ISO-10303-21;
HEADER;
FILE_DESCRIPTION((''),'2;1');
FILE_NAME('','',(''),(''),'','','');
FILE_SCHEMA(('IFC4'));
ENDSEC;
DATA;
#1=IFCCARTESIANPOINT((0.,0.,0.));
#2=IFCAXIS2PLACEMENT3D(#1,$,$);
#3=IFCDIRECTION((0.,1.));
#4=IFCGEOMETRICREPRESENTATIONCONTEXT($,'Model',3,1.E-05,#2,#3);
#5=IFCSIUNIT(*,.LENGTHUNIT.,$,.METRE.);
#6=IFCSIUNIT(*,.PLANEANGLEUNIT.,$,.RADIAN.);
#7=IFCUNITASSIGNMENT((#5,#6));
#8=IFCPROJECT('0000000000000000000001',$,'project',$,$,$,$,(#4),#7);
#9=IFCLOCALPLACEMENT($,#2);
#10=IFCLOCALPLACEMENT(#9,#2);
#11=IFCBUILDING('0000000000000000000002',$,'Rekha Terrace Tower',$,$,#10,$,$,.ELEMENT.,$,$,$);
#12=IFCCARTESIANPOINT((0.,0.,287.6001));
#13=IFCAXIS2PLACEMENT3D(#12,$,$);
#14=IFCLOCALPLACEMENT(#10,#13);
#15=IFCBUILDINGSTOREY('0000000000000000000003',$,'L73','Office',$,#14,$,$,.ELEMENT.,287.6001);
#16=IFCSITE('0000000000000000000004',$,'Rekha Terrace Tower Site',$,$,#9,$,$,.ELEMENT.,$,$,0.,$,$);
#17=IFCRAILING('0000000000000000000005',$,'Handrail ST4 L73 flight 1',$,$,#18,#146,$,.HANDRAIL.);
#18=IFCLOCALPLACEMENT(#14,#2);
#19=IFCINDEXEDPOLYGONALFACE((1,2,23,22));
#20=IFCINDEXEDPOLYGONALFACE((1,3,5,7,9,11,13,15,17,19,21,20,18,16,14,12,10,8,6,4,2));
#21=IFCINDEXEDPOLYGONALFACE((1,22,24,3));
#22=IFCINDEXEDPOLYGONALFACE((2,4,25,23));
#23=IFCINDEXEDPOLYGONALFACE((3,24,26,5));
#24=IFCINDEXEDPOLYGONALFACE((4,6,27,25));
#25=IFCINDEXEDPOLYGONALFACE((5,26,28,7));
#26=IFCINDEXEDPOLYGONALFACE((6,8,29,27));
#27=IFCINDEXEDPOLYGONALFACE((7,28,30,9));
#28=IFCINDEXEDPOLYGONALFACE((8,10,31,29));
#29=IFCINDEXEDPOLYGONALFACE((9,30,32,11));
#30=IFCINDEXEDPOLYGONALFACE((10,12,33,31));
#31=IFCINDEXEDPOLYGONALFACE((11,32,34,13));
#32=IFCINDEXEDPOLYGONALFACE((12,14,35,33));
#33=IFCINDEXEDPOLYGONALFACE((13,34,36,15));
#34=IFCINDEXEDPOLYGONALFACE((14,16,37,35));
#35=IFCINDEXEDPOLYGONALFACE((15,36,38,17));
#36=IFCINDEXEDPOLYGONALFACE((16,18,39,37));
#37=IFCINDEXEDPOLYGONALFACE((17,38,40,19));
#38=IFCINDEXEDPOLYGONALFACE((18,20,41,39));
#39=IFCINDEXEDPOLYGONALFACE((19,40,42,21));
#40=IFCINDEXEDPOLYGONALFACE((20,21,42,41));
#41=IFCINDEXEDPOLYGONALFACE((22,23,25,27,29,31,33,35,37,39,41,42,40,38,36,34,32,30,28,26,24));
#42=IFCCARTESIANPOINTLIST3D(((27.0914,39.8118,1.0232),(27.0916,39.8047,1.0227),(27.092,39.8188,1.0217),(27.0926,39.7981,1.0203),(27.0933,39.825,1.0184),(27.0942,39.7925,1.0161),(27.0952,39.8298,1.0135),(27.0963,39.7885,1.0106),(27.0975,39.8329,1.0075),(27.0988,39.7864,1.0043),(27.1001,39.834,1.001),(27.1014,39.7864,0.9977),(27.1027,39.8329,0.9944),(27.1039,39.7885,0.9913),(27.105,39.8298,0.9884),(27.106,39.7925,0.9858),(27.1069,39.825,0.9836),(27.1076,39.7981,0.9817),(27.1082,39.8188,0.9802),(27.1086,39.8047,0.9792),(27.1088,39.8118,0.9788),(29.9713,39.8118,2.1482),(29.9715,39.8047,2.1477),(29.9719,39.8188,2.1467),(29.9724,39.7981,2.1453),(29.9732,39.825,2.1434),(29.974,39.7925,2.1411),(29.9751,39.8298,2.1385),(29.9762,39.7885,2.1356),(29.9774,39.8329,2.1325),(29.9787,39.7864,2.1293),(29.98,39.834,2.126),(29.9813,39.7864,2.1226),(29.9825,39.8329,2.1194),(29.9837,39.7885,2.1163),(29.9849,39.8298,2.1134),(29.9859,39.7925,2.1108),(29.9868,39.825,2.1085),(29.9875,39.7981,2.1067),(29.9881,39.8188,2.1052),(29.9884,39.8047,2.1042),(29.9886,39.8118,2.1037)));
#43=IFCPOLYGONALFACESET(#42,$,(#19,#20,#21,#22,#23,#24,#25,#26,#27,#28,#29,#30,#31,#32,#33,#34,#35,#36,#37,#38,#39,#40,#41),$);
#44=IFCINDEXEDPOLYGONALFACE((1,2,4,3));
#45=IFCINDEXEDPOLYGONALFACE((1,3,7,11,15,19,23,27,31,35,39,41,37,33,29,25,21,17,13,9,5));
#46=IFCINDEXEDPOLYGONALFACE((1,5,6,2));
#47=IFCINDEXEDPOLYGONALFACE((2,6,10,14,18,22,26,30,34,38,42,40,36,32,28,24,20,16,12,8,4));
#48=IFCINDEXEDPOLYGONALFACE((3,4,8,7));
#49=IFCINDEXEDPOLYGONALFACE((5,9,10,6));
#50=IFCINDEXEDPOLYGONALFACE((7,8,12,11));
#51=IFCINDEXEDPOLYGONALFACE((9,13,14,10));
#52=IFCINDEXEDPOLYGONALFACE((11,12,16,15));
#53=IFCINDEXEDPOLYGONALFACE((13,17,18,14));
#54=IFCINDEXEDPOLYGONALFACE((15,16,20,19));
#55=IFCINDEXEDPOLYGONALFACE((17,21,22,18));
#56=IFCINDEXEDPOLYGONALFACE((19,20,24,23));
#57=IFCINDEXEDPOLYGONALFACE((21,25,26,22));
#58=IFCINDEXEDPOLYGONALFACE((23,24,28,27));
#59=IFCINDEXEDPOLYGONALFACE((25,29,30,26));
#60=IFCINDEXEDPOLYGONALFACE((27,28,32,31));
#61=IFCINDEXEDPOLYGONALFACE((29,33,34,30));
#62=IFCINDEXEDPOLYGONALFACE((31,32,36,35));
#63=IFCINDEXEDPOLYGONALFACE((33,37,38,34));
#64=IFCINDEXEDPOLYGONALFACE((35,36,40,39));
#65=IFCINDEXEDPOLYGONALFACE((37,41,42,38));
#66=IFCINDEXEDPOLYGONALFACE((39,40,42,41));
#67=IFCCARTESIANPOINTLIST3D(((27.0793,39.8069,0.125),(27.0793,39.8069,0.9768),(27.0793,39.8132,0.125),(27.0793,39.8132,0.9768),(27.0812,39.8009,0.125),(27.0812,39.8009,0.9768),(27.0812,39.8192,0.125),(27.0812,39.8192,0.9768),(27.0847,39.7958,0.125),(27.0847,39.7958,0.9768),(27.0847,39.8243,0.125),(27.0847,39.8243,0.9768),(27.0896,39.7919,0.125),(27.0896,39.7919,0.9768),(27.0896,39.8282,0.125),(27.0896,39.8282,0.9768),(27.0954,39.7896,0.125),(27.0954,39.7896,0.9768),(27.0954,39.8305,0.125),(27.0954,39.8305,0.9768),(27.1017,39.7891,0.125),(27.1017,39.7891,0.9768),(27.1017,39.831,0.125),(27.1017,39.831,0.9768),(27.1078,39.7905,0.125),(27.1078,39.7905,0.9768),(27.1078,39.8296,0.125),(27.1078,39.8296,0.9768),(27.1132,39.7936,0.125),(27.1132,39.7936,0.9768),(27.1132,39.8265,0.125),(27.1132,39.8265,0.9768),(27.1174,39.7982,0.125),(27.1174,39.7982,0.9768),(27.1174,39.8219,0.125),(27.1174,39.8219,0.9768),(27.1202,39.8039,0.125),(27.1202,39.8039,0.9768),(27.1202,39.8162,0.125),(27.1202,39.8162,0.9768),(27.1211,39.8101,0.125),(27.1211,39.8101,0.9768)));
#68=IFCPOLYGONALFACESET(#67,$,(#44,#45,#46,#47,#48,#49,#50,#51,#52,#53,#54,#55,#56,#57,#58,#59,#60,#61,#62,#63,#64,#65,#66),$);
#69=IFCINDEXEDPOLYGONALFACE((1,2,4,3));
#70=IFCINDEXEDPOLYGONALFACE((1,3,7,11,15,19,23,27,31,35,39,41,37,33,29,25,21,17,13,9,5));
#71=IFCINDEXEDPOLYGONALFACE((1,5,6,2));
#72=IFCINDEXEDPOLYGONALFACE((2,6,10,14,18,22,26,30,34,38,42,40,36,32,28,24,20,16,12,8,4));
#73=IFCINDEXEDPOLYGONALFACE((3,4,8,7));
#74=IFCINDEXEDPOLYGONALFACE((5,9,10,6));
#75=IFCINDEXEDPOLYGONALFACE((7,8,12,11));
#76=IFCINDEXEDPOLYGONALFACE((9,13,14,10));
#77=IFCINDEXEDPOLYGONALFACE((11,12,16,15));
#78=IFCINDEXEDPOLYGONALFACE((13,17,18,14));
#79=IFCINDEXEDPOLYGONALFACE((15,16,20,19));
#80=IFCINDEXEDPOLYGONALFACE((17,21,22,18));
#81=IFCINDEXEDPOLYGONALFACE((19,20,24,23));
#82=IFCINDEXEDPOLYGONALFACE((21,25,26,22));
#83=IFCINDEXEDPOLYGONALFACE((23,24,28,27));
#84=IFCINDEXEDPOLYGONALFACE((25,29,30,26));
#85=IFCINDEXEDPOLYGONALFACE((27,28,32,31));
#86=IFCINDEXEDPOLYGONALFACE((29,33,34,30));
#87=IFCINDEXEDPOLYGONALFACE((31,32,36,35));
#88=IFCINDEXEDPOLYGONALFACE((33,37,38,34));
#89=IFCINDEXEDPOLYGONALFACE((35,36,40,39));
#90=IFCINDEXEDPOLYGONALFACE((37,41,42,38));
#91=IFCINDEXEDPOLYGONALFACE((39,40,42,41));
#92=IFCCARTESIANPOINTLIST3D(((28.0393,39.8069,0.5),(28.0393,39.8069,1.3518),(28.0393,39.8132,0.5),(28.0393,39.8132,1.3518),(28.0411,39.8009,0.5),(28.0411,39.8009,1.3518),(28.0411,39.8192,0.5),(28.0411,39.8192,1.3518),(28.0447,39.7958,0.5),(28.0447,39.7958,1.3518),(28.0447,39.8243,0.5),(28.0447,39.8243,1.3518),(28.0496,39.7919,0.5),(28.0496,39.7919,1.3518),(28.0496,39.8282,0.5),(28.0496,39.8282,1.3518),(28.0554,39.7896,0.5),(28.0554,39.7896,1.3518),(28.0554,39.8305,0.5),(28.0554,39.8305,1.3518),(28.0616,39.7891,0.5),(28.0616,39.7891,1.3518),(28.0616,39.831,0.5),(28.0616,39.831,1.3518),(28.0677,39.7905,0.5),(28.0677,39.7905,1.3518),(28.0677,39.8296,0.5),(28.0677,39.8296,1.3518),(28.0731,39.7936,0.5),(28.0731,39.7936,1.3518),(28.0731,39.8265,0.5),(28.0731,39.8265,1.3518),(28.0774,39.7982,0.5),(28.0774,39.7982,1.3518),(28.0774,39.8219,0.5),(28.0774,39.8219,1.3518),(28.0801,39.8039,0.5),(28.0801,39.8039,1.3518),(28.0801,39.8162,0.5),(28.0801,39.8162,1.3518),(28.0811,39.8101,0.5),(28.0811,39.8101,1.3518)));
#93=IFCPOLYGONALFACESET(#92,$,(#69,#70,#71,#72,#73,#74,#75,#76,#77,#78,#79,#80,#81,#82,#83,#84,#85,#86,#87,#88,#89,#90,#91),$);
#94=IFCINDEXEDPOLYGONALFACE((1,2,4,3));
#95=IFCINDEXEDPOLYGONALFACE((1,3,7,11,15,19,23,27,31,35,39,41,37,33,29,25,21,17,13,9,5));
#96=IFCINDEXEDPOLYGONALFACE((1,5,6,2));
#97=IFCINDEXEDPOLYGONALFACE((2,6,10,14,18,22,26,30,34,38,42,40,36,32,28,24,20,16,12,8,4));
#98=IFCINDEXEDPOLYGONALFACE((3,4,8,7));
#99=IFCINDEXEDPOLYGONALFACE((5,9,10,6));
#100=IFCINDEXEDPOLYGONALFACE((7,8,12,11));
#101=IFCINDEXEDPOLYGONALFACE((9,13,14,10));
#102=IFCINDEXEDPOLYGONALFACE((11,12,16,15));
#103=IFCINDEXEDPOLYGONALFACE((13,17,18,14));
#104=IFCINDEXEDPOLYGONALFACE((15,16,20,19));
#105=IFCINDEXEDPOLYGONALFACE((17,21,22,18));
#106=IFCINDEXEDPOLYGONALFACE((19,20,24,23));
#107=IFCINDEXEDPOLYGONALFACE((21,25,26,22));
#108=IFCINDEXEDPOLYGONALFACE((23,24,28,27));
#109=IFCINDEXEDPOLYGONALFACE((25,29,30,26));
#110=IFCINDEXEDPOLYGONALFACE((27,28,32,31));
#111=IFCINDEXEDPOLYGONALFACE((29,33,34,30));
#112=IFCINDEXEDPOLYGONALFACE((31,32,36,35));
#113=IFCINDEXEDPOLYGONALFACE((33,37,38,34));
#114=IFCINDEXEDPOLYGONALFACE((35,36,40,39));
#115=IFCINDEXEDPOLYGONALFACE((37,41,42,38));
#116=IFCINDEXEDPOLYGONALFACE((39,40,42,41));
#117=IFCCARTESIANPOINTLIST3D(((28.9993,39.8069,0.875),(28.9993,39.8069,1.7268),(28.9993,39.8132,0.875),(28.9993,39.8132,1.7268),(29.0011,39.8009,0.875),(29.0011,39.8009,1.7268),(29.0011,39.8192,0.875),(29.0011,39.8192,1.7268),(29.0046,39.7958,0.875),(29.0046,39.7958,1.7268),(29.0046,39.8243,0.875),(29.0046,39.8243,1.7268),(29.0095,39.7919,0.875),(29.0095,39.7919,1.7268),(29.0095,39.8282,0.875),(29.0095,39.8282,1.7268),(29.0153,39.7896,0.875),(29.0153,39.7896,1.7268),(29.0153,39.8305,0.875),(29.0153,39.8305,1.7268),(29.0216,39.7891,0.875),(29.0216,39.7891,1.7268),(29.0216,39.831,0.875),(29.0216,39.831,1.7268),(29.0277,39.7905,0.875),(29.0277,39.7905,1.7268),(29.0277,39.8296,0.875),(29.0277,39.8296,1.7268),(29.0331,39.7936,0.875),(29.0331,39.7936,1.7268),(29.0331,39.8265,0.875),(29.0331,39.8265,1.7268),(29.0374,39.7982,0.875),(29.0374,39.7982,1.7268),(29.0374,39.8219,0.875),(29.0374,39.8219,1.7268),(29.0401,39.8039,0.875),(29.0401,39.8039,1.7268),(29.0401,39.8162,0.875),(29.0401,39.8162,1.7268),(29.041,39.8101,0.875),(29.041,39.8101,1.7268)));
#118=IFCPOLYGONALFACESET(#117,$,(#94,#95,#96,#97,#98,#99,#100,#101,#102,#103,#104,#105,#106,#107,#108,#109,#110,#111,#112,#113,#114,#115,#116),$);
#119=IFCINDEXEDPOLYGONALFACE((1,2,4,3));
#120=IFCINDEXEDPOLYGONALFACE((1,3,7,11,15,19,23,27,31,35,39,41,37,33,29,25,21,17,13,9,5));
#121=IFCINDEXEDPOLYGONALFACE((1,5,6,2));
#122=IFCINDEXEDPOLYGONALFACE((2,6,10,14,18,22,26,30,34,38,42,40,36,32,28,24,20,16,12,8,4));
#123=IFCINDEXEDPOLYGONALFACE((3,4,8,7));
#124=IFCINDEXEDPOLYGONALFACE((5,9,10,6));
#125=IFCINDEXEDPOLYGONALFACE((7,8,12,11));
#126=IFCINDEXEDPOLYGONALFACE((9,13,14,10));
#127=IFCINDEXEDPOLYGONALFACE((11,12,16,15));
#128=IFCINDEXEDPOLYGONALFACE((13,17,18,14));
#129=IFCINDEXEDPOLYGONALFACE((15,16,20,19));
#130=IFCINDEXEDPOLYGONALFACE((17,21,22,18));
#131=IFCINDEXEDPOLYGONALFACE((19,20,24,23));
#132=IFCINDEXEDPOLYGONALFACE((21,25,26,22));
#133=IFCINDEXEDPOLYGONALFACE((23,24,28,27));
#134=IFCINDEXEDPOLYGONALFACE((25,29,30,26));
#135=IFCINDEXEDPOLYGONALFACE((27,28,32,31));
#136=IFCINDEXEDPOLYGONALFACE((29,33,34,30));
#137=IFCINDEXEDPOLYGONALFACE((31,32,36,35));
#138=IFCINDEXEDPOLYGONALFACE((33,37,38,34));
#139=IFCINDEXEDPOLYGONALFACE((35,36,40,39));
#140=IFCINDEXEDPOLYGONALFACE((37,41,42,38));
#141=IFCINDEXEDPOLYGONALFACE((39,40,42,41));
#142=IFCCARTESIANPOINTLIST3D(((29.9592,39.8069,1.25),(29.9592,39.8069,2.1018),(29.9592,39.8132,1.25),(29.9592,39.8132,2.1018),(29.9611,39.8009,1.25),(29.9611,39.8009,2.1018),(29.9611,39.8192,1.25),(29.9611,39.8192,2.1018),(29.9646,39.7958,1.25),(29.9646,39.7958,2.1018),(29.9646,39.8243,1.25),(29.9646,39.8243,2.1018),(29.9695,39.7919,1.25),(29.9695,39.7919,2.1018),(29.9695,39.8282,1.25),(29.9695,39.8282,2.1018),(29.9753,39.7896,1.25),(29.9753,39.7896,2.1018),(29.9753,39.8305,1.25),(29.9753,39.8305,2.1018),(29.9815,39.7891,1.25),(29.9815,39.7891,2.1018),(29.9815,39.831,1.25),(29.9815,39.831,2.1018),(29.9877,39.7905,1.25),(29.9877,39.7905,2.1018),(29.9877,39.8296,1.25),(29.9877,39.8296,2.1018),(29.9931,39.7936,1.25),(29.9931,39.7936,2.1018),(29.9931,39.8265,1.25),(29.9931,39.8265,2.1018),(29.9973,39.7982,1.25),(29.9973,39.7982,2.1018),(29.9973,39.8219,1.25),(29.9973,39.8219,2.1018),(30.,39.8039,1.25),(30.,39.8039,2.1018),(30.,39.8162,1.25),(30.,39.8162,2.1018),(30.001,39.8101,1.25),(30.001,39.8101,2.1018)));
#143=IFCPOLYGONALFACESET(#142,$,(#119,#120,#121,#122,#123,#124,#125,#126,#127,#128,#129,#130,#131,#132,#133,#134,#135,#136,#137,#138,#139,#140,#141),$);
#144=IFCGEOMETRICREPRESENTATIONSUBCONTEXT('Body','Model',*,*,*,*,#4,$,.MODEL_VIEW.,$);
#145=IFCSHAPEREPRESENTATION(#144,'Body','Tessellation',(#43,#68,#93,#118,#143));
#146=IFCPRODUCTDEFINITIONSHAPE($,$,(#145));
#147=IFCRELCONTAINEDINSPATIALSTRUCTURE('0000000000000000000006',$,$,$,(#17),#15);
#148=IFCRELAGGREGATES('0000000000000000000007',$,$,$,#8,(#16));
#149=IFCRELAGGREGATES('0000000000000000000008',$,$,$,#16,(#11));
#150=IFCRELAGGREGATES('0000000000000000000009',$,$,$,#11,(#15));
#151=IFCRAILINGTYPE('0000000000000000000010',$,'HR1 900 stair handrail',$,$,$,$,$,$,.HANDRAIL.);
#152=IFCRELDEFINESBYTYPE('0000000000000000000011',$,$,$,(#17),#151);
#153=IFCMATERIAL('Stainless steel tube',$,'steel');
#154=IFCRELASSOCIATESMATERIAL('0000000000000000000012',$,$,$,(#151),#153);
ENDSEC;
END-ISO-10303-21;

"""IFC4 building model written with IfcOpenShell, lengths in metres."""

from ifc_helpers import new_model, si_unit, direction, frame, origin, origin_2d, place, context, subcontext, project, spatial, circle, extrude, material, type_object, element, save


model = new_model("IFC4")

# Units and contexts
model_context = context("Model", 3, precision=1e-05, world=origin(), true_north=direction((0.0, 1.0)))
body_context = subcontext(model_context, "Body", "Model", "MODEL_VIEW")
ifc_project = project(units=[si_unit("LENGTHUNIT", "METRE"), si_unit("PLANEANGLEUNIT", "RADIAN")], contexts=[model_context])

# Site, building, storey
site_placement = place(None, origin())
site = spatial("IfcSite", under=ifc_project, at=site_placement, Name="Rekha Terrace Tower Site", CompositionType="ELEMENT", RefElevation=0.0)
building_placement = place(site_placement, origin())
building = spatial("IfcBuilding", under=site, at=building_placement, Name="Rekha Terrace Tower", CompositionType="ELEMENT")
storey_placement = place(building_placement, frame((0.0, 0.0, 287.6001)))
storey = spatial("IfcBuildingStorey", under=building, at=storey_placement, Name="L73", Description="Office", CompositionType="ELEMENT", Elevation=287.6001)

# Railing
ifc_material_1 = material(Name="Stainless steel tube", Category="steel")
railing_type_1 = type_object("IfcRailingType", Name="HR1 900 stair handrail", PredefinedType="HANDRAIL", material=ifc_material_1)
railing_1_placement = place(storey_placement, frame((27.1001, 39.8101, 0.125)))
element("IfcRailing", 1, at=railing_1_placement, inside=storey, type_object=railing_type_1, Name="Handrail ST4 L73 flight 1", PredefinedType="HANDRAIL", context=body_context, shape_type="SweptSolid", body=[
    extrude(circle(Radius=0.0239, at=origin_2d()), frame((0.0, 0.0, 0.876), z_axis=(0.931452, 0.0, 0.363863), x_axis=(0.0, 1.0, 0.0)), (0.0, 0.0, 1.0), 3.0918),
    extrude(circle(Radius=0.021, at=origin_2d()), origin(), (0.0, 0.0, 1.0), 0.8518),
    extrude(circle(Radius=0.021, at=origin_2d()), frame((0.96, 0.0, 0.375)), (0.0, 0.0, 1.0), 0.8518),
    extrude(circle(Radius=0.021, at=origin_2d()), frame((1.9199, 0.0, 0.75)), (0.0, 0.0, 1.0), 0.8518),
    extrude(circle(Radius=0.021, at=origin_2d()), frame((2.8799, 0.0, 1.125)), (0.0, 0.0, 1.0), 0.8518),
])

save(model, "model.ifc")
